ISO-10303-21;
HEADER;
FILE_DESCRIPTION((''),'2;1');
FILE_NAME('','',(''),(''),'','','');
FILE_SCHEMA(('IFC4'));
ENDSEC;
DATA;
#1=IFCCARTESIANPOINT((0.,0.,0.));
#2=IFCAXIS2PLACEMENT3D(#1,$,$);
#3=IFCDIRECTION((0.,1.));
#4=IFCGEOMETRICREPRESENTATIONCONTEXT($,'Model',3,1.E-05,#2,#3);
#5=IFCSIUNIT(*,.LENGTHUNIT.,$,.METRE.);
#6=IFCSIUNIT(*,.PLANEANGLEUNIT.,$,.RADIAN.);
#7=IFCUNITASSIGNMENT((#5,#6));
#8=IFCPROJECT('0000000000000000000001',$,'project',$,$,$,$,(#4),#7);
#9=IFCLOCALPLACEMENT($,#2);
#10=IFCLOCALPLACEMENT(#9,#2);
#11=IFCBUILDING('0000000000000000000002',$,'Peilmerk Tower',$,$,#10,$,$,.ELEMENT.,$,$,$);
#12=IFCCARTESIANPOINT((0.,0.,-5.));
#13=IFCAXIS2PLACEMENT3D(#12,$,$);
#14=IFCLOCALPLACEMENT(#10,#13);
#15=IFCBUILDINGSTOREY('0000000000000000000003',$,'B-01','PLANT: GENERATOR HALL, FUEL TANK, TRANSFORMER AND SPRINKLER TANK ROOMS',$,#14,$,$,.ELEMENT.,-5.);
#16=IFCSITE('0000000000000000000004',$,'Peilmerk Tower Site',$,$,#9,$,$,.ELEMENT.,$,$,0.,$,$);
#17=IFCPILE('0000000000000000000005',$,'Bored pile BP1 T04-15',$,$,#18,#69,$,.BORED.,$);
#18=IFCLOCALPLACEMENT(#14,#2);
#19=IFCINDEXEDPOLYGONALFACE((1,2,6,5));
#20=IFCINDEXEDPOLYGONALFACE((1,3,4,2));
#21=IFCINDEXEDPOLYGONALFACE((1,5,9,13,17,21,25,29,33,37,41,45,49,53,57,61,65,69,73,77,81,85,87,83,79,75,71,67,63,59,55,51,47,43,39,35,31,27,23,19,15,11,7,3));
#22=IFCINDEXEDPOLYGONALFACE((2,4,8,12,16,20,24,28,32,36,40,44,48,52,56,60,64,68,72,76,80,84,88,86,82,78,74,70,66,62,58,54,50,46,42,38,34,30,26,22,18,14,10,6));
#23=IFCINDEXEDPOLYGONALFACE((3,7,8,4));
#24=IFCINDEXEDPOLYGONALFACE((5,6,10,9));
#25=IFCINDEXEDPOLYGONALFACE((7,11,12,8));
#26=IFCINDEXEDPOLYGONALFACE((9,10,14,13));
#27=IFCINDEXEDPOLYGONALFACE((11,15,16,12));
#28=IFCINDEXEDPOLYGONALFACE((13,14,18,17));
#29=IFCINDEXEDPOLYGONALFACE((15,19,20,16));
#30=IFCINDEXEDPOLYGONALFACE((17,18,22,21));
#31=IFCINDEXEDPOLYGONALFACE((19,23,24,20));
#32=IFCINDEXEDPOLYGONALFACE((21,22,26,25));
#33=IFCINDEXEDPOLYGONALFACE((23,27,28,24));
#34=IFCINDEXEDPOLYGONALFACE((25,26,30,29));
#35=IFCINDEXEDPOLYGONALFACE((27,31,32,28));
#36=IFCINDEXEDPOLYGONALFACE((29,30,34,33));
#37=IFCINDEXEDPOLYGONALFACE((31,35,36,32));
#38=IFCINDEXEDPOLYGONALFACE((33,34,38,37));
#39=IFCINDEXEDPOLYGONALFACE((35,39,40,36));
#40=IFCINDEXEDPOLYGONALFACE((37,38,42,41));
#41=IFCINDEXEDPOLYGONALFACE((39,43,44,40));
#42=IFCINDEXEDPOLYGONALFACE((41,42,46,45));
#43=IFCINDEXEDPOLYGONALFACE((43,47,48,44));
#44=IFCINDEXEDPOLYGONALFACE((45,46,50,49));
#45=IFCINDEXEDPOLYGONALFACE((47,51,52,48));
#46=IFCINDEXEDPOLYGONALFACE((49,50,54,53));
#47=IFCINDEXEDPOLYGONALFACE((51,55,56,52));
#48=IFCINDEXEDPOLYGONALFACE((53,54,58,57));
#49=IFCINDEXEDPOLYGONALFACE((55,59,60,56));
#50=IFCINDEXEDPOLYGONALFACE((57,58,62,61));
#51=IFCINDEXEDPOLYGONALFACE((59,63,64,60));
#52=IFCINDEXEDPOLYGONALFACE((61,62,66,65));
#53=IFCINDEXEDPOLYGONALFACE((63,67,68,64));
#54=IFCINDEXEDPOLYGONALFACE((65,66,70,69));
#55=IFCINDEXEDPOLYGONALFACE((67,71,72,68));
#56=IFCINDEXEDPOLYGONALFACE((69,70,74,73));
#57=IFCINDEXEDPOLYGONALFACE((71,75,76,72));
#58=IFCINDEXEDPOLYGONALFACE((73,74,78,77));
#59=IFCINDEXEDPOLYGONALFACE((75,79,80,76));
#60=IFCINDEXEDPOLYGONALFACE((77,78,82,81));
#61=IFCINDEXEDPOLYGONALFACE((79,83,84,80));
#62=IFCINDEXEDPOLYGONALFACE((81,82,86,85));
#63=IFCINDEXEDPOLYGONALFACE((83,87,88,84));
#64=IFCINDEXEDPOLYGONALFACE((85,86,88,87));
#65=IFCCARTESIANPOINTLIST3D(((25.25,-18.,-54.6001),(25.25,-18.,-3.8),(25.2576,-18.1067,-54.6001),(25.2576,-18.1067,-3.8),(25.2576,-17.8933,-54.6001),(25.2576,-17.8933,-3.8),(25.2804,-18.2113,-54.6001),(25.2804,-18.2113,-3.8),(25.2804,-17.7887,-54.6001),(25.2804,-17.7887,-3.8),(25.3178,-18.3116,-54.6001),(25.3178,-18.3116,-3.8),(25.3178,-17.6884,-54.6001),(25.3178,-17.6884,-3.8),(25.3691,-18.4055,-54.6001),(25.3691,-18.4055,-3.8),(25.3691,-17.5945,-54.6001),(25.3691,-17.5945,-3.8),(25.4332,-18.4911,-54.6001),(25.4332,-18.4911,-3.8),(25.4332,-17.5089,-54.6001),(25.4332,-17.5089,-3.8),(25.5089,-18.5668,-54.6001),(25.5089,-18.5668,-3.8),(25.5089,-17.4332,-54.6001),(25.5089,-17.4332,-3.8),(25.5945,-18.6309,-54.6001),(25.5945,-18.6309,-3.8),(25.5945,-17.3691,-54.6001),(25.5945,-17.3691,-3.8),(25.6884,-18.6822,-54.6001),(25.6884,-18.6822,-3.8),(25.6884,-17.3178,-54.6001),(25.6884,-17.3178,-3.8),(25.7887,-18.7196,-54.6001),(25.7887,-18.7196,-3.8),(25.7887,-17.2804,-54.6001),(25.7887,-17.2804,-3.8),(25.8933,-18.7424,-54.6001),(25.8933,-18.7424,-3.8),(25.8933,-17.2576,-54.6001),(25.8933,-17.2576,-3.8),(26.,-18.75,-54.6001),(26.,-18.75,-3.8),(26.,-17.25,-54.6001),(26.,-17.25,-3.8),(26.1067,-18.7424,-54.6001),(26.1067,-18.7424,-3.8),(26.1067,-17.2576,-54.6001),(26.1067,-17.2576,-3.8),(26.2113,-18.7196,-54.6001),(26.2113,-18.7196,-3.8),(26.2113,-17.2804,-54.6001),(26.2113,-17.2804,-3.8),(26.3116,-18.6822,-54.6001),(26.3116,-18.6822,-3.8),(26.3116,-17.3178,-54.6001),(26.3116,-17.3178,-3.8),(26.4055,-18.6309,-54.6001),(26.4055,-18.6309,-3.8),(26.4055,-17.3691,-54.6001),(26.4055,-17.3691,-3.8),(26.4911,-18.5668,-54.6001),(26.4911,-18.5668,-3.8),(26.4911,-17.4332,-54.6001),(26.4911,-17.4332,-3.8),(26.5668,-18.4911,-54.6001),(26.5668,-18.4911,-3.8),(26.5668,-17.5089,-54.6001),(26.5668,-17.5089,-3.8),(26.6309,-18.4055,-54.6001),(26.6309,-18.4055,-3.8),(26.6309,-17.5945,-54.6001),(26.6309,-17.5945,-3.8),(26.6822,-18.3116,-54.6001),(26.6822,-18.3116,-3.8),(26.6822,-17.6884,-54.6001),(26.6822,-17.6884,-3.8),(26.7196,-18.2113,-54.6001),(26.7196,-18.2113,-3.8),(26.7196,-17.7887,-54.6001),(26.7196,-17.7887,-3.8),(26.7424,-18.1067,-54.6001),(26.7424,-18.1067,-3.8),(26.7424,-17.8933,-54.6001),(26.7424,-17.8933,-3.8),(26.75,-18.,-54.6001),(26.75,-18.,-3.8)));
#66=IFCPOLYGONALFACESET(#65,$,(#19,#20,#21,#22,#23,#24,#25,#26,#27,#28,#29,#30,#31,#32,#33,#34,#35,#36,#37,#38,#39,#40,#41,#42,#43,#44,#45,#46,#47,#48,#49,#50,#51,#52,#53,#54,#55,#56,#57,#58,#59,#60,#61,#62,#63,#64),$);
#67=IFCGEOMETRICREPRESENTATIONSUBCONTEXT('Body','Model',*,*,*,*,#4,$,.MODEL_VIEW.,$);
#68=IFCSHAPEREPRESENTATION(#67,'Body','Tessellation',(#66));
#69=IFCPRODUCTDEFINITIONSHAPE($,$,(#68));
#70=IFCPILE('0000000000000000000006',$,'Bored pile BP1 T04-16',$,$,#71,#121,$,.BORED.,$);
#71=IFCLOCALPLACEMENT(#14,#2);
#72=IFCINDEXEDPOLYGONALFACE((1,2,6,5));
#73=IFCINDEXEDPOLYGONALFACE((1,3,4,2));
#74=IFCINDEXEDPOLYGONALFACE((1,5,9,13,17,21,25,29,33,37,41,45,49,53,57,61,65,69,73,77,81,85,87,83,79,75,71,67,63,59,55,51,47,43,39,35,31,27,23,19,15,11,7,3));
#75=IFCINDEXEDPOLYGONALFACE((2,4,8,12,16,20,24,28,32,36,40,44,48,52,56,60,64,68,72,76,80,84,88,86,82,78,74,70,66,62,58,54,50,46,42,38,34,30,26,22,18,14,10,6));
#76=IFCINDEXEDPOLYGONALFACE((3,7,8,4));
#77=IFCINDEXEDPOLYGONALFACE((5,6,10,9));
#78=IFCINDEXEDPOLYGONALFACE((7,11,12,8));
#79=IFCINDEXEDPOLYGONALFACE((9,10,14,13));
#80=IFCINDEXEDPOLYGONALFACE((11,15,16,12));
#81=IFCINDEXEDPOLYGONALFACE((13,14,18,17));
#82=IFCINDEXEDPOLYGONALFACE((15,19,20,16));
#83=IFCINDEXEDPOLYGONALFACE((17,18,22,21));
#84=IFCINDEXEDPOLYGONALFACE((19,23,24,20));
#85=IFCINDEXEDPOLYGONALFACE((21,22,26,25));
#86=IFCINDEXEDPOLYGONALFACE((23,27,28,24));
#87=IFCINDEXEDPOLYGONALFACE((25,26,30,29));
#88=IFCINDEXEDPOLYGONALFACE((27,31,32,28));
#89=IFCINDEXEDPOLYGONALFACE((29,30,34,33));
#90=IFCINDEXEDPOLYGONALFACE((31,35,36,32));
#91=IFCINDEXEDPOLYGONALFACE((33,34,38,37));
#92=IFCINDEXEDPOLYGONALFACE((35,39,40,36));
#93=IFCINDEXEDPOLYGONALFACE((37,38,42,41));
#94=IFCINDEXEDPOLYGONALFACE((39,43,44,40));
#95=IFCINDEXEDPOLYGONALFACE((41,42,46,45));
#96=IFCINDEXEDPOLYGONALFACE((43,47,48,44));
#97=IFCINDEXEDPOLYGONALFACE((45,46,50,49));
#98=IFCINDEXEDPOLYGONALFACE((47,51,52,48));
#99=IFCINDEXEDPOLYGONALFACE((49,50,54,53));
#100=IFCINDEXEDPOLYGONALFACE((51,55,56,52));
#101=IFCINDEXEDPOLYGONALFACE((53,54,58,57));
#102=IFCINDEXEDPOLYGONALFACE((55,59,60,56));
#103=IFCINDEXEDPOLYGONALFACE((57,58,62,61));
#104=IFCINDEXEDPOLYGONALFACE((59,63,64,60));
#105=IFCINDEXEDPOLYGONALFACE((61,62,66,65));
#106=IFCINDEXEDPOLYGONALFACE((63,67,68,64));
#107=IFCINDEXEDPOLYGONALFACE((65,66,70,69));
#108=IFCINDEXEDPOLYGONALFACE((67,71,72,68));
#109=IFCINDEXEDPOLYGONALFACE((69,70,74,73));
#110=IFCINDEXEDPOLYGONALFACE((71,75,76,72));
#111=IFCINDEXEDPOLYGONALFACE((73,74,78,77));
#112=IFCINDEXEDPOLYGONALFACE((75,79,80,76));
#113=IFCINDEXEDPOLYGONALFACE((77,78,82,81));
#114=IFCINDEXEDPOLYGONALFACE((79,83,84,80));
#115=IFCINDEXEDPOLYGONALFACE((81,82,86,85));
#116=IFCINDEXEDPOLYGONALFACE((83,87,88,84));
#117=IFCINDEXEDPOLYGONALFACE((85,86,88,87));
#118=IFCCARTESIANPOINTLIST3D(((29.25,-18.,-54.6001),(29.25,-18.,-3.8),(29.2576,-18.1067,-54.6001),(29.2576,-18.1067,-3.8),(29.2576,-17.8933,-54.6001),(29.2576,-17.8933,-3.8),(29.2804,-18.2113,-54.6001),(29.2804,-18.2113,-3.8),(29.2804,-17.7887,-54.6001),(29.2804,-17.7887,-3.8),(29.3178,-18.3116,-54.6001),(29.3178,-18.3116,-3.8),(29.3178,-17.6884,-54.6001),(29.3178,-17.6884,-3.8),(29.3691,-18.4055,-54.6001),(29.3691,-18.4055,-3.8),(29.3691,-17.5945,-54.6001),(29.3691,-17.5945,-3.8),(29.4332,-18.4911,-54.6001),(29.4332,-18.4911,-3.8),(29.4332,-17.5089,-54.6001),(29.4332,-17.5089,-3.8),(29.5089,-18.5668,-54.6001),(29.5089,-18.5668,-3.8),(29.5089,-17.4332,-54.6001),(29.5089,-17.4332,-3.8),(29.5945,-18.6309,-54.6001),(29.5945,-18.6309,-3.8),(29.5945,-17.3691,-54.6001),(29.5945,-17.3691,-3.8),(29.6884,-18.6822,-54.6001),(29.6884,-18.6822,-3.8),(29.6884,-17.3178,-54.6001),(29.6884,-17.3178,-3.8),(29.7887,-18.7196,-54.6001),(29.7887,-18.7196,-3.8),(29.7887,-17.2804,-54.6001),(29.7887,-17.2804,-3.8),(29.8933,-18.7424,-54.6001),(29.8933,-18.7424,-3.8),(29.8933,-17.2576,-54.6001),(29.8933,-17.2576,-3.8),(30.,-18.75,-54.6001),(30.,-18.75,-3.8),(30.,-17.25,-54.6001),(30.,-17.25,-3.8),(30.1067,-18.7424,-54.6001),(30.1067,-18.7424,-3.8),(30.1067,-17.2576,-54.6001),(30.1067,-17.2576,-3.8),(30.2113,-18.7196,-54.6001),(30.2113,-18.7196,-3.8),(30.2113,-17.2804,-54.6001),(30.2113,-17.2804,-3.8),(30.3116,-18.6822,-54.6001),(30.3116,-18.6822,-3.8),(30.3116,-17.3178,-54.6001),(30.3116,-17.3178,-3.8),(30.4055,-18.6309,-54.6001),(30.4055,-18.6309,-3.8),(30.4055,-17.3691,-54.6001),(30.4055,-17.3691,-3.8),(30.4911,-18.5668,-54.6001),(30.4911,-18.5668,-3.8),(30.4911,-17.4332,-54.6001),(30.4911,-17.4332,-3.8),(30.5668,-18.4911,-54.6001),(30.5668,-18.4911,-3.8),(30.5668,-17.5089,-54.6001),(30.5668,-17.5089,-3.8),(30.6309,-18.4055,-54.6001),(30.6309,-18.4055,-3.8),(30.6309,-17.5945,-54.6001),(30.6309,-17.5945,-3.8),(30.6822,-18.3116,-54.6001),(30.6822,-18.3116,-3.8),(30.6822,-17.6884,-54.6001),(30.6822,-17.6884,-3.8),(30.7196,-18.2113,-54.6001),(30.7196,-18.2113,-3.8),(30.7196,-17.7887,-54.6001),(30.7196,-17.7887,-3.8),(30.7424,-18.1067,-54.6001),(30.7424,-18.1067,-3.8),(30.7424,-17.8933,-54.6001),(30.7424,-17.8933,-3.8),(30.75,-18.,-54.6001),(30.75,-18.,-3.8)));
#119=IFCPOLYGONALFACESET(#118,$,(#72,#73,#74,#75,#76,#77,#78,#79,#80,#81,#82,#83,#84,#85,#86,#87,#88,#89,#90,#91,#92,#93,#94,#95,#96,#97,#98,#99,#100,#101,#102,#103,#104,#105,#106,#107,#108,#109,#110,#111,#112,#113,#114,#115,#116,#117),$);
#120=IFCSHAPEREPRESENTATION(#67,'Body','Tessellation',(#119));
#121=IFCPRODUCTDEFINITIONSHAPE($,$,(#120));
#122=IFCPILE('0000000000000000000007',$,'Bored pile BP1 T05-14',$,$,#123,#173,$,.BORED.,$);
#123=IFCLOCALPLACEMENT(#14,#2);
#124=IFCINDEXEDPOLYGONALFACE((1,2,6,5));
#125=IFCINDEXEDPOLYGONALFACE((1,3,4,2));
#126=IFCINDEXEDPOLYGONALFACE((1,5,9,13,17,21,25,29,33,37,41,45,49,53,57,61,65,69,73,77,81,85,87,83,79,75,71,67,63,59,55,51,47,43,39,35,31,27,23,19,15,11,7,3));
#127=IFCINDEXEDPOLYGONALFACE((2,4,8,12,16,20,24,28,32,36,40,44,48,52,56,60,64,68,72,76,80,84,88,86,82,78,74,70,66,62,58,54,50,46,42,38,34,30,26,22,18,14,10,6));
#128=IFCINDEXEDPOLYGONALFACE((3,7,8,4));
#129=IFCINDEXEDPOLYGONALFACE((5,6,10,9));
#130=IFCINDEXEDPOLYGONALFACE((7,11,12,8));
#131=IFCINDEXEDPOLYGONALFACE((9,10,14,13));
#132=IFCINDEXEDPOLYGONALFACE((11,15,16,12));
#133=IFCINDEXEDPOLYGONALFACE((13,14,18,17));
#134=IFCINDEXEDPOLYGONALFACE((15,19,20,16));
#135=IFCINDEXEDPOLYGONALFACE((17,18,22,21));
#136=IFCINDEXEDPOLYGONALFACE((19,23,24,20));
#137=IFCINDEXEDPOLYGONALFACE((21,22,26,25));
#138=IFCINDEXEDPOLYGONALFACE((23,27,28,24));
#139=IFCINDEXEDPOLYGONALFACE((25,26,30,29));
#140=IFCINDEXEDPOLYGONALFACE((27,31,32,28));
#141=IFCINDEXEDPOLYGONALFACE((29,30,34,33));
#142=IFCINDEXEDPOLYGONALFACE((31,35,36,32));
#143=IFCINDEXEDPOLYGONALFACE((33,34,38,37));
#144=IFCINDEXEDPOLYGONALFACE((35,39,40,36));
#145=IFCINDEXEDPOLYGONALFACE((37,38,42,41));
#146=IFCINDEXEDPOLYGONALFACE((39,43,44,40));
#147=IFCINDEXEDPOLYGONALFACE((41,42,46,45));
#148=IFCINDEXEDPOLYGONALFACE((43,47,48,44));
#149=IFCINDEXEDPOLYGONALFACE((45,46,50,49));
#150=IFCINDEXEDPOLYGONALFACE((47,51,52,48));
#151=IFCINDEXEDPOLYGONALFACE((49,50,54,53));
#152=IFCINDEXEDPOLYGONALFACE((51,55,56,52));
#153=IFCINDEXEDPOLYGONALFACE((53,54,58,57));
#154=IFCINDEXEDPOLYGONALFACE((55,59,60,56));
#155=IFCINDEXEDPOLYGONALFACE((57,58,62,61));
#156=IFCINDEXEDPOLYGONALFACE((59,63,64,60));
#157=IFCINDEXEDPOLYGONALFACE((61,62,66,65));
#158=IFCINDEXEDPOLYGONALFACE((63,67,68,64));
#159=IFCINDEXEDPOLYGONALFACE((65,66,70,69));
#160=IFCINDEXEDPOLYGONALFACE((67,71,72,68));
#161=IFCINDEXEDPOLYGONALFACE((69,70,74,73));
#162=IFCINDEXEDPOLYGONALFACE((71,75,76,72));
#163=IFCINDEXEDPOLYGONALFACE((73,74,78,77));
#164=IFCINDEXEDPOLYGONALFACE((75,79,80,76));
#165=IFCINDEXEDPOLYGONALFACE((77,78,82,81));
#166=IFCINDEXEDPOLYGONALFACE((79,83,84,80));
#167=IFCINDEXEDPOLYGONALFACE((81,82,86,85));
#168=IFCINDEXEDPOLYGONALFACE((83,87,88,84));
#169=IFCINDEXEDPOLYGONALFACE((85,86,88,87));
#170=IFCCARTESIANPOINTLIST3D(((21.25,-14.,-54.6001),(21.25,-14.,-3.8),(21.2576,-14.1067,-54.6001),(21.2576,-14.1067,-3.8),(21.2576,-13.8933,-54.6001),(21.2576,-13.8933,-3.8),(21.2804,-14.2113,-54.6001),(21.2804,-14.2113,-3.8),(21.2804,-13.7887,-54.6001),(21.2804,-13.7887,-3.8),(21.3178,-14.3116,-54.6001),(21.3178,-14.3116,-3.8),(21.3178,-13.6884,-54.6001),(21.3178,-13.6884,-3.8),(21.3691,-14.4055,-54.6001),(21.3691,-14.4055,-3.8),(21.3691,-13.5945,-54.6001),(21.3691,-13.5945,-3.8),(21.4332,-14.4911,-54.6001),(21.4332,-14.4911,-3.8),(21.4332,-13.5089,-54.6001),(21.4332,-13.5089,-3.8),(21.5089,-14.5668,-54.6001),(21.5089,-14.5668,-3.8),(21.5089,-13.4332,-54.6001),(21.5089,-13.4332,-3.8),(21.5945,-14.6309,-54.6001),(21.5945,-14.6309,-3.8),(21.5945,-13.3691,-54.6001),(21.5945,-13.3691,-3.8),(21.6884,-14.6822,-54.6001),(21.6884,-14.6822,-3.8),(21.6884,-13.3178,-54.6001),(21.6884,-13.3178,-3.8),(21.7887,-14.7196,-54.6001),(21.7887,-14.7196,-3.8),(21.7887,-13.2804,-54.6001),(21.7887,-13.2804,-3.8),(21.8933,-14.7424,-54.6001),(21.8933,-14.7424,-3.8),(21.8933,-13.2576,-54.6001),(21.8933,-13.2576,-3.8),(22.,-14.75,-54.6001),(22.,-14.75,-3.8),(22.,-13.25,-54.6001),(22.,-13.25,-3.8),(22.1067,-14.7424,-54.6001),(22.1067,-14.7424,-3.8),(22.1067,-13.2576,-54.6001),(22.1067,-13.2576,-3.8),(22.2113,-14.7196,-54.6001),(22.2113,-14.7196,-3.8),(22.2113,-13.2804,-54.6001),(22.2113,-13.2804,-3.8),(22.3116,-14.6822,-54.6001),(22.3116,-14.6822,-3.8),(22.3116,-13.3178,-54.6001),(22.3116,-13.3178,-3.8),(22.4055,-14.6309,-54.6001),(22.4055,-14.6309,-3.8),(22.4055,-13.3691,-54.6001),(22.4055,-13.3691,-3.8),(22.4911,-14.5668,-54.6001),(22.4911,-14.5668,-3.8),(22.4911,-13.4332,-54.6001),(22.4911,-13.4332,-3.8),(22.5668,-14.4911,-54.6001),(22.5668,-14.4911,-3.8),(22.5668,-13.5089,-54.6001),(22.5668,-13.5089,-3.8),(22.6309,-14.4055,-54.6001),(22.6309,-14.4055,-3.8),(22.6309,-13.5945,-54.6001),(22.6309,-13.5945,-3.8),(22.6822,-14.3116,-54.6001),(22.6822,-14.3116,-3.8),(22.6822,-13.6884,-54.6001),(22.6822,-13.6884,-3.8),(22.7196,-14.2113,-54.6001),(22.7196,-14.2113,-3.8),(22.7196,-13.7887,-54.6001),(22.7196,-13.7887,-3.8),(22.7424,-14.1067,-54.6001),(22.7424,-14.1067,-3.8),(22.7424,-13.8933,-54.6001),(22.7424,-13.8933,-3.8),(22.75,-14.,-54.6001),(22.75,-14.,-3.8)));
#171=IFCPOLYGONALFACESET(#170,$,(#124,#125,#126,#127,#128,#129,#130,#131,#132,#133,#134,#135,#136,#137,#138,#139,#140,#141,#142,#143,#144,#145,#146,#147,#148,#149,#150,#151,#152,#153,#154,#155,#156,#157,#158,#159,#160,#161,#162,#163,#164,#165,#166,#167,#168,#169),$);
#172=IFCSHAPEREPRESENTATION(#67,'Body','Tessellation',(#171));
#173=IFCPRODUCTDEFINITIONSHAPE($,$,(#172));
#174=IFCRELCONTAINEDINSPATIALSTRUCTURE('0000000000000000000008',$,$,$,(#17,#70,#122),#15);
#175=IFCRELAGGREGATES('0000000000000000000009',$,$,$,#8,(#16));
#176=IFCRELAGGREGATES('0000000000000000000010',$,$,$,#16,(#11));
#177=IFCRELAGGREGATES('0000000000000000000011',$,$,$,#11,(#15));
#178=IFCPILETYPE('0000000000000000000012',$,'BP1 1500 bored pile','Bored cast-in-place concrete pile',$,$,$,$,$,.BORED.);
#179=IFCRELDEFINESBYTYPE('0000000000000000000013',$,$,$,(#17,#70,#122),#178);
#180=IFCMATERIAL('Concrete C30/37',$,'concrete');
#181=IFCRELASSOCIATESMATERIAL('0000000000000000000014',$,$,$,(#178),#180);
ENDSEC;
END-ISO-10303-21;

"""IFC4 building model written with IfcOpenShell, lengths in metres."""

from ifc_helpers import new_model, si_unit, direction, frame, origin, origin_2d, place, context, subcontext, project, spatial, circle, extrude, material, material_profile, profile_set, type_object, element, save


model = new_model("IFC4")

# Units and contexts
model_context = context("Model", 3, precision=1e-05, world=origin(), true_north=direction((0.0, 1.0)))
body_context = subcontext(model_context, "Body", "Model", "MODEL_VIEW")
ifc_project = project(units=[si_unit("LENGTHUNIT", "METRE"), si_unit("PLANEANGLEUNIT", "RADIAN")], contexts=[model_context])

# Site, building, storey
site_placement = place(None, origin())
site = spatial("IfcSite", under=ifc_project, at=site_placement, Name="Peilmerk Tower Site", CompositionType="ELEMENT", RefElevation=0.0)
building_placement = place(site_placement, origin())
building = spatial("IfcBuilding", under=site, at=building_placement, Name="Peilmerk Tower", CompositionType="ELEMENT")
storey_placement = place(building_placement, frame((0.0, 0.0, -5.0)))
storey = spatial("IfcBuildingStorey", under=building, at=storey_placement, Name="B-01", Description="PLANT: GENERATOR HALL, FUEL TANK, TRANSFORMER AND SPRINKLER TANK ROOMS", CompositionType="ELEMENT", Elevation=-5.0)

# Piles
ifc_material_1 = material(Name="Concrete C30/37", Category="concrete")
ifc_material_profile_1 = material_profile(ifc_material_1, circle(Radius=0.75, at=origin_2d()), Name="BP 1500")
ifc_profile_set_1 = profile_set([ifc_material_profile_1], Name="Concrete C30/37")
pile_type = type_object("IfcPileType", Name="BP1 1500 bored pile", Description="Bored cast-in-place concrete pile", PredefinedType="BORED", material=ifc_profile_set_1)
for number, where, z_axis, x_axis, name in (
    (1, (26.0, -18.0, -3.8), (0.0, 0.0, -1.0), (1.0, 0.0, 0.0), "Bored pile BP1 T04-15"),
    (2, (30.0, -18.0, -3.8), (0.0, 0.0, -1.0), (1.0, 0.0, 0.0), "Bored pile BP1 T04-16"),
    (3, (22.0, -14.0, -3.8), (0.0, 0.0, -1.0), (1.0, 0.0, 0.0), "Bored pile BP1 T05-14"),
):
    element("IfcPile", number, at=place(storey_placement, frame(where, z_axis=z_axis, x_axis=x_axis)), inside=storey, type_object=pile_type, Name=name, PredefinedType="BORED", context=body_context, shape_type="SweptSolid", body=[
        extrude(circle(Radius=0.75, at=origin_2d()), origin(), (0.0, 0.0, 1.0), 50.8),
    ])

save(model, "model.ifc")
